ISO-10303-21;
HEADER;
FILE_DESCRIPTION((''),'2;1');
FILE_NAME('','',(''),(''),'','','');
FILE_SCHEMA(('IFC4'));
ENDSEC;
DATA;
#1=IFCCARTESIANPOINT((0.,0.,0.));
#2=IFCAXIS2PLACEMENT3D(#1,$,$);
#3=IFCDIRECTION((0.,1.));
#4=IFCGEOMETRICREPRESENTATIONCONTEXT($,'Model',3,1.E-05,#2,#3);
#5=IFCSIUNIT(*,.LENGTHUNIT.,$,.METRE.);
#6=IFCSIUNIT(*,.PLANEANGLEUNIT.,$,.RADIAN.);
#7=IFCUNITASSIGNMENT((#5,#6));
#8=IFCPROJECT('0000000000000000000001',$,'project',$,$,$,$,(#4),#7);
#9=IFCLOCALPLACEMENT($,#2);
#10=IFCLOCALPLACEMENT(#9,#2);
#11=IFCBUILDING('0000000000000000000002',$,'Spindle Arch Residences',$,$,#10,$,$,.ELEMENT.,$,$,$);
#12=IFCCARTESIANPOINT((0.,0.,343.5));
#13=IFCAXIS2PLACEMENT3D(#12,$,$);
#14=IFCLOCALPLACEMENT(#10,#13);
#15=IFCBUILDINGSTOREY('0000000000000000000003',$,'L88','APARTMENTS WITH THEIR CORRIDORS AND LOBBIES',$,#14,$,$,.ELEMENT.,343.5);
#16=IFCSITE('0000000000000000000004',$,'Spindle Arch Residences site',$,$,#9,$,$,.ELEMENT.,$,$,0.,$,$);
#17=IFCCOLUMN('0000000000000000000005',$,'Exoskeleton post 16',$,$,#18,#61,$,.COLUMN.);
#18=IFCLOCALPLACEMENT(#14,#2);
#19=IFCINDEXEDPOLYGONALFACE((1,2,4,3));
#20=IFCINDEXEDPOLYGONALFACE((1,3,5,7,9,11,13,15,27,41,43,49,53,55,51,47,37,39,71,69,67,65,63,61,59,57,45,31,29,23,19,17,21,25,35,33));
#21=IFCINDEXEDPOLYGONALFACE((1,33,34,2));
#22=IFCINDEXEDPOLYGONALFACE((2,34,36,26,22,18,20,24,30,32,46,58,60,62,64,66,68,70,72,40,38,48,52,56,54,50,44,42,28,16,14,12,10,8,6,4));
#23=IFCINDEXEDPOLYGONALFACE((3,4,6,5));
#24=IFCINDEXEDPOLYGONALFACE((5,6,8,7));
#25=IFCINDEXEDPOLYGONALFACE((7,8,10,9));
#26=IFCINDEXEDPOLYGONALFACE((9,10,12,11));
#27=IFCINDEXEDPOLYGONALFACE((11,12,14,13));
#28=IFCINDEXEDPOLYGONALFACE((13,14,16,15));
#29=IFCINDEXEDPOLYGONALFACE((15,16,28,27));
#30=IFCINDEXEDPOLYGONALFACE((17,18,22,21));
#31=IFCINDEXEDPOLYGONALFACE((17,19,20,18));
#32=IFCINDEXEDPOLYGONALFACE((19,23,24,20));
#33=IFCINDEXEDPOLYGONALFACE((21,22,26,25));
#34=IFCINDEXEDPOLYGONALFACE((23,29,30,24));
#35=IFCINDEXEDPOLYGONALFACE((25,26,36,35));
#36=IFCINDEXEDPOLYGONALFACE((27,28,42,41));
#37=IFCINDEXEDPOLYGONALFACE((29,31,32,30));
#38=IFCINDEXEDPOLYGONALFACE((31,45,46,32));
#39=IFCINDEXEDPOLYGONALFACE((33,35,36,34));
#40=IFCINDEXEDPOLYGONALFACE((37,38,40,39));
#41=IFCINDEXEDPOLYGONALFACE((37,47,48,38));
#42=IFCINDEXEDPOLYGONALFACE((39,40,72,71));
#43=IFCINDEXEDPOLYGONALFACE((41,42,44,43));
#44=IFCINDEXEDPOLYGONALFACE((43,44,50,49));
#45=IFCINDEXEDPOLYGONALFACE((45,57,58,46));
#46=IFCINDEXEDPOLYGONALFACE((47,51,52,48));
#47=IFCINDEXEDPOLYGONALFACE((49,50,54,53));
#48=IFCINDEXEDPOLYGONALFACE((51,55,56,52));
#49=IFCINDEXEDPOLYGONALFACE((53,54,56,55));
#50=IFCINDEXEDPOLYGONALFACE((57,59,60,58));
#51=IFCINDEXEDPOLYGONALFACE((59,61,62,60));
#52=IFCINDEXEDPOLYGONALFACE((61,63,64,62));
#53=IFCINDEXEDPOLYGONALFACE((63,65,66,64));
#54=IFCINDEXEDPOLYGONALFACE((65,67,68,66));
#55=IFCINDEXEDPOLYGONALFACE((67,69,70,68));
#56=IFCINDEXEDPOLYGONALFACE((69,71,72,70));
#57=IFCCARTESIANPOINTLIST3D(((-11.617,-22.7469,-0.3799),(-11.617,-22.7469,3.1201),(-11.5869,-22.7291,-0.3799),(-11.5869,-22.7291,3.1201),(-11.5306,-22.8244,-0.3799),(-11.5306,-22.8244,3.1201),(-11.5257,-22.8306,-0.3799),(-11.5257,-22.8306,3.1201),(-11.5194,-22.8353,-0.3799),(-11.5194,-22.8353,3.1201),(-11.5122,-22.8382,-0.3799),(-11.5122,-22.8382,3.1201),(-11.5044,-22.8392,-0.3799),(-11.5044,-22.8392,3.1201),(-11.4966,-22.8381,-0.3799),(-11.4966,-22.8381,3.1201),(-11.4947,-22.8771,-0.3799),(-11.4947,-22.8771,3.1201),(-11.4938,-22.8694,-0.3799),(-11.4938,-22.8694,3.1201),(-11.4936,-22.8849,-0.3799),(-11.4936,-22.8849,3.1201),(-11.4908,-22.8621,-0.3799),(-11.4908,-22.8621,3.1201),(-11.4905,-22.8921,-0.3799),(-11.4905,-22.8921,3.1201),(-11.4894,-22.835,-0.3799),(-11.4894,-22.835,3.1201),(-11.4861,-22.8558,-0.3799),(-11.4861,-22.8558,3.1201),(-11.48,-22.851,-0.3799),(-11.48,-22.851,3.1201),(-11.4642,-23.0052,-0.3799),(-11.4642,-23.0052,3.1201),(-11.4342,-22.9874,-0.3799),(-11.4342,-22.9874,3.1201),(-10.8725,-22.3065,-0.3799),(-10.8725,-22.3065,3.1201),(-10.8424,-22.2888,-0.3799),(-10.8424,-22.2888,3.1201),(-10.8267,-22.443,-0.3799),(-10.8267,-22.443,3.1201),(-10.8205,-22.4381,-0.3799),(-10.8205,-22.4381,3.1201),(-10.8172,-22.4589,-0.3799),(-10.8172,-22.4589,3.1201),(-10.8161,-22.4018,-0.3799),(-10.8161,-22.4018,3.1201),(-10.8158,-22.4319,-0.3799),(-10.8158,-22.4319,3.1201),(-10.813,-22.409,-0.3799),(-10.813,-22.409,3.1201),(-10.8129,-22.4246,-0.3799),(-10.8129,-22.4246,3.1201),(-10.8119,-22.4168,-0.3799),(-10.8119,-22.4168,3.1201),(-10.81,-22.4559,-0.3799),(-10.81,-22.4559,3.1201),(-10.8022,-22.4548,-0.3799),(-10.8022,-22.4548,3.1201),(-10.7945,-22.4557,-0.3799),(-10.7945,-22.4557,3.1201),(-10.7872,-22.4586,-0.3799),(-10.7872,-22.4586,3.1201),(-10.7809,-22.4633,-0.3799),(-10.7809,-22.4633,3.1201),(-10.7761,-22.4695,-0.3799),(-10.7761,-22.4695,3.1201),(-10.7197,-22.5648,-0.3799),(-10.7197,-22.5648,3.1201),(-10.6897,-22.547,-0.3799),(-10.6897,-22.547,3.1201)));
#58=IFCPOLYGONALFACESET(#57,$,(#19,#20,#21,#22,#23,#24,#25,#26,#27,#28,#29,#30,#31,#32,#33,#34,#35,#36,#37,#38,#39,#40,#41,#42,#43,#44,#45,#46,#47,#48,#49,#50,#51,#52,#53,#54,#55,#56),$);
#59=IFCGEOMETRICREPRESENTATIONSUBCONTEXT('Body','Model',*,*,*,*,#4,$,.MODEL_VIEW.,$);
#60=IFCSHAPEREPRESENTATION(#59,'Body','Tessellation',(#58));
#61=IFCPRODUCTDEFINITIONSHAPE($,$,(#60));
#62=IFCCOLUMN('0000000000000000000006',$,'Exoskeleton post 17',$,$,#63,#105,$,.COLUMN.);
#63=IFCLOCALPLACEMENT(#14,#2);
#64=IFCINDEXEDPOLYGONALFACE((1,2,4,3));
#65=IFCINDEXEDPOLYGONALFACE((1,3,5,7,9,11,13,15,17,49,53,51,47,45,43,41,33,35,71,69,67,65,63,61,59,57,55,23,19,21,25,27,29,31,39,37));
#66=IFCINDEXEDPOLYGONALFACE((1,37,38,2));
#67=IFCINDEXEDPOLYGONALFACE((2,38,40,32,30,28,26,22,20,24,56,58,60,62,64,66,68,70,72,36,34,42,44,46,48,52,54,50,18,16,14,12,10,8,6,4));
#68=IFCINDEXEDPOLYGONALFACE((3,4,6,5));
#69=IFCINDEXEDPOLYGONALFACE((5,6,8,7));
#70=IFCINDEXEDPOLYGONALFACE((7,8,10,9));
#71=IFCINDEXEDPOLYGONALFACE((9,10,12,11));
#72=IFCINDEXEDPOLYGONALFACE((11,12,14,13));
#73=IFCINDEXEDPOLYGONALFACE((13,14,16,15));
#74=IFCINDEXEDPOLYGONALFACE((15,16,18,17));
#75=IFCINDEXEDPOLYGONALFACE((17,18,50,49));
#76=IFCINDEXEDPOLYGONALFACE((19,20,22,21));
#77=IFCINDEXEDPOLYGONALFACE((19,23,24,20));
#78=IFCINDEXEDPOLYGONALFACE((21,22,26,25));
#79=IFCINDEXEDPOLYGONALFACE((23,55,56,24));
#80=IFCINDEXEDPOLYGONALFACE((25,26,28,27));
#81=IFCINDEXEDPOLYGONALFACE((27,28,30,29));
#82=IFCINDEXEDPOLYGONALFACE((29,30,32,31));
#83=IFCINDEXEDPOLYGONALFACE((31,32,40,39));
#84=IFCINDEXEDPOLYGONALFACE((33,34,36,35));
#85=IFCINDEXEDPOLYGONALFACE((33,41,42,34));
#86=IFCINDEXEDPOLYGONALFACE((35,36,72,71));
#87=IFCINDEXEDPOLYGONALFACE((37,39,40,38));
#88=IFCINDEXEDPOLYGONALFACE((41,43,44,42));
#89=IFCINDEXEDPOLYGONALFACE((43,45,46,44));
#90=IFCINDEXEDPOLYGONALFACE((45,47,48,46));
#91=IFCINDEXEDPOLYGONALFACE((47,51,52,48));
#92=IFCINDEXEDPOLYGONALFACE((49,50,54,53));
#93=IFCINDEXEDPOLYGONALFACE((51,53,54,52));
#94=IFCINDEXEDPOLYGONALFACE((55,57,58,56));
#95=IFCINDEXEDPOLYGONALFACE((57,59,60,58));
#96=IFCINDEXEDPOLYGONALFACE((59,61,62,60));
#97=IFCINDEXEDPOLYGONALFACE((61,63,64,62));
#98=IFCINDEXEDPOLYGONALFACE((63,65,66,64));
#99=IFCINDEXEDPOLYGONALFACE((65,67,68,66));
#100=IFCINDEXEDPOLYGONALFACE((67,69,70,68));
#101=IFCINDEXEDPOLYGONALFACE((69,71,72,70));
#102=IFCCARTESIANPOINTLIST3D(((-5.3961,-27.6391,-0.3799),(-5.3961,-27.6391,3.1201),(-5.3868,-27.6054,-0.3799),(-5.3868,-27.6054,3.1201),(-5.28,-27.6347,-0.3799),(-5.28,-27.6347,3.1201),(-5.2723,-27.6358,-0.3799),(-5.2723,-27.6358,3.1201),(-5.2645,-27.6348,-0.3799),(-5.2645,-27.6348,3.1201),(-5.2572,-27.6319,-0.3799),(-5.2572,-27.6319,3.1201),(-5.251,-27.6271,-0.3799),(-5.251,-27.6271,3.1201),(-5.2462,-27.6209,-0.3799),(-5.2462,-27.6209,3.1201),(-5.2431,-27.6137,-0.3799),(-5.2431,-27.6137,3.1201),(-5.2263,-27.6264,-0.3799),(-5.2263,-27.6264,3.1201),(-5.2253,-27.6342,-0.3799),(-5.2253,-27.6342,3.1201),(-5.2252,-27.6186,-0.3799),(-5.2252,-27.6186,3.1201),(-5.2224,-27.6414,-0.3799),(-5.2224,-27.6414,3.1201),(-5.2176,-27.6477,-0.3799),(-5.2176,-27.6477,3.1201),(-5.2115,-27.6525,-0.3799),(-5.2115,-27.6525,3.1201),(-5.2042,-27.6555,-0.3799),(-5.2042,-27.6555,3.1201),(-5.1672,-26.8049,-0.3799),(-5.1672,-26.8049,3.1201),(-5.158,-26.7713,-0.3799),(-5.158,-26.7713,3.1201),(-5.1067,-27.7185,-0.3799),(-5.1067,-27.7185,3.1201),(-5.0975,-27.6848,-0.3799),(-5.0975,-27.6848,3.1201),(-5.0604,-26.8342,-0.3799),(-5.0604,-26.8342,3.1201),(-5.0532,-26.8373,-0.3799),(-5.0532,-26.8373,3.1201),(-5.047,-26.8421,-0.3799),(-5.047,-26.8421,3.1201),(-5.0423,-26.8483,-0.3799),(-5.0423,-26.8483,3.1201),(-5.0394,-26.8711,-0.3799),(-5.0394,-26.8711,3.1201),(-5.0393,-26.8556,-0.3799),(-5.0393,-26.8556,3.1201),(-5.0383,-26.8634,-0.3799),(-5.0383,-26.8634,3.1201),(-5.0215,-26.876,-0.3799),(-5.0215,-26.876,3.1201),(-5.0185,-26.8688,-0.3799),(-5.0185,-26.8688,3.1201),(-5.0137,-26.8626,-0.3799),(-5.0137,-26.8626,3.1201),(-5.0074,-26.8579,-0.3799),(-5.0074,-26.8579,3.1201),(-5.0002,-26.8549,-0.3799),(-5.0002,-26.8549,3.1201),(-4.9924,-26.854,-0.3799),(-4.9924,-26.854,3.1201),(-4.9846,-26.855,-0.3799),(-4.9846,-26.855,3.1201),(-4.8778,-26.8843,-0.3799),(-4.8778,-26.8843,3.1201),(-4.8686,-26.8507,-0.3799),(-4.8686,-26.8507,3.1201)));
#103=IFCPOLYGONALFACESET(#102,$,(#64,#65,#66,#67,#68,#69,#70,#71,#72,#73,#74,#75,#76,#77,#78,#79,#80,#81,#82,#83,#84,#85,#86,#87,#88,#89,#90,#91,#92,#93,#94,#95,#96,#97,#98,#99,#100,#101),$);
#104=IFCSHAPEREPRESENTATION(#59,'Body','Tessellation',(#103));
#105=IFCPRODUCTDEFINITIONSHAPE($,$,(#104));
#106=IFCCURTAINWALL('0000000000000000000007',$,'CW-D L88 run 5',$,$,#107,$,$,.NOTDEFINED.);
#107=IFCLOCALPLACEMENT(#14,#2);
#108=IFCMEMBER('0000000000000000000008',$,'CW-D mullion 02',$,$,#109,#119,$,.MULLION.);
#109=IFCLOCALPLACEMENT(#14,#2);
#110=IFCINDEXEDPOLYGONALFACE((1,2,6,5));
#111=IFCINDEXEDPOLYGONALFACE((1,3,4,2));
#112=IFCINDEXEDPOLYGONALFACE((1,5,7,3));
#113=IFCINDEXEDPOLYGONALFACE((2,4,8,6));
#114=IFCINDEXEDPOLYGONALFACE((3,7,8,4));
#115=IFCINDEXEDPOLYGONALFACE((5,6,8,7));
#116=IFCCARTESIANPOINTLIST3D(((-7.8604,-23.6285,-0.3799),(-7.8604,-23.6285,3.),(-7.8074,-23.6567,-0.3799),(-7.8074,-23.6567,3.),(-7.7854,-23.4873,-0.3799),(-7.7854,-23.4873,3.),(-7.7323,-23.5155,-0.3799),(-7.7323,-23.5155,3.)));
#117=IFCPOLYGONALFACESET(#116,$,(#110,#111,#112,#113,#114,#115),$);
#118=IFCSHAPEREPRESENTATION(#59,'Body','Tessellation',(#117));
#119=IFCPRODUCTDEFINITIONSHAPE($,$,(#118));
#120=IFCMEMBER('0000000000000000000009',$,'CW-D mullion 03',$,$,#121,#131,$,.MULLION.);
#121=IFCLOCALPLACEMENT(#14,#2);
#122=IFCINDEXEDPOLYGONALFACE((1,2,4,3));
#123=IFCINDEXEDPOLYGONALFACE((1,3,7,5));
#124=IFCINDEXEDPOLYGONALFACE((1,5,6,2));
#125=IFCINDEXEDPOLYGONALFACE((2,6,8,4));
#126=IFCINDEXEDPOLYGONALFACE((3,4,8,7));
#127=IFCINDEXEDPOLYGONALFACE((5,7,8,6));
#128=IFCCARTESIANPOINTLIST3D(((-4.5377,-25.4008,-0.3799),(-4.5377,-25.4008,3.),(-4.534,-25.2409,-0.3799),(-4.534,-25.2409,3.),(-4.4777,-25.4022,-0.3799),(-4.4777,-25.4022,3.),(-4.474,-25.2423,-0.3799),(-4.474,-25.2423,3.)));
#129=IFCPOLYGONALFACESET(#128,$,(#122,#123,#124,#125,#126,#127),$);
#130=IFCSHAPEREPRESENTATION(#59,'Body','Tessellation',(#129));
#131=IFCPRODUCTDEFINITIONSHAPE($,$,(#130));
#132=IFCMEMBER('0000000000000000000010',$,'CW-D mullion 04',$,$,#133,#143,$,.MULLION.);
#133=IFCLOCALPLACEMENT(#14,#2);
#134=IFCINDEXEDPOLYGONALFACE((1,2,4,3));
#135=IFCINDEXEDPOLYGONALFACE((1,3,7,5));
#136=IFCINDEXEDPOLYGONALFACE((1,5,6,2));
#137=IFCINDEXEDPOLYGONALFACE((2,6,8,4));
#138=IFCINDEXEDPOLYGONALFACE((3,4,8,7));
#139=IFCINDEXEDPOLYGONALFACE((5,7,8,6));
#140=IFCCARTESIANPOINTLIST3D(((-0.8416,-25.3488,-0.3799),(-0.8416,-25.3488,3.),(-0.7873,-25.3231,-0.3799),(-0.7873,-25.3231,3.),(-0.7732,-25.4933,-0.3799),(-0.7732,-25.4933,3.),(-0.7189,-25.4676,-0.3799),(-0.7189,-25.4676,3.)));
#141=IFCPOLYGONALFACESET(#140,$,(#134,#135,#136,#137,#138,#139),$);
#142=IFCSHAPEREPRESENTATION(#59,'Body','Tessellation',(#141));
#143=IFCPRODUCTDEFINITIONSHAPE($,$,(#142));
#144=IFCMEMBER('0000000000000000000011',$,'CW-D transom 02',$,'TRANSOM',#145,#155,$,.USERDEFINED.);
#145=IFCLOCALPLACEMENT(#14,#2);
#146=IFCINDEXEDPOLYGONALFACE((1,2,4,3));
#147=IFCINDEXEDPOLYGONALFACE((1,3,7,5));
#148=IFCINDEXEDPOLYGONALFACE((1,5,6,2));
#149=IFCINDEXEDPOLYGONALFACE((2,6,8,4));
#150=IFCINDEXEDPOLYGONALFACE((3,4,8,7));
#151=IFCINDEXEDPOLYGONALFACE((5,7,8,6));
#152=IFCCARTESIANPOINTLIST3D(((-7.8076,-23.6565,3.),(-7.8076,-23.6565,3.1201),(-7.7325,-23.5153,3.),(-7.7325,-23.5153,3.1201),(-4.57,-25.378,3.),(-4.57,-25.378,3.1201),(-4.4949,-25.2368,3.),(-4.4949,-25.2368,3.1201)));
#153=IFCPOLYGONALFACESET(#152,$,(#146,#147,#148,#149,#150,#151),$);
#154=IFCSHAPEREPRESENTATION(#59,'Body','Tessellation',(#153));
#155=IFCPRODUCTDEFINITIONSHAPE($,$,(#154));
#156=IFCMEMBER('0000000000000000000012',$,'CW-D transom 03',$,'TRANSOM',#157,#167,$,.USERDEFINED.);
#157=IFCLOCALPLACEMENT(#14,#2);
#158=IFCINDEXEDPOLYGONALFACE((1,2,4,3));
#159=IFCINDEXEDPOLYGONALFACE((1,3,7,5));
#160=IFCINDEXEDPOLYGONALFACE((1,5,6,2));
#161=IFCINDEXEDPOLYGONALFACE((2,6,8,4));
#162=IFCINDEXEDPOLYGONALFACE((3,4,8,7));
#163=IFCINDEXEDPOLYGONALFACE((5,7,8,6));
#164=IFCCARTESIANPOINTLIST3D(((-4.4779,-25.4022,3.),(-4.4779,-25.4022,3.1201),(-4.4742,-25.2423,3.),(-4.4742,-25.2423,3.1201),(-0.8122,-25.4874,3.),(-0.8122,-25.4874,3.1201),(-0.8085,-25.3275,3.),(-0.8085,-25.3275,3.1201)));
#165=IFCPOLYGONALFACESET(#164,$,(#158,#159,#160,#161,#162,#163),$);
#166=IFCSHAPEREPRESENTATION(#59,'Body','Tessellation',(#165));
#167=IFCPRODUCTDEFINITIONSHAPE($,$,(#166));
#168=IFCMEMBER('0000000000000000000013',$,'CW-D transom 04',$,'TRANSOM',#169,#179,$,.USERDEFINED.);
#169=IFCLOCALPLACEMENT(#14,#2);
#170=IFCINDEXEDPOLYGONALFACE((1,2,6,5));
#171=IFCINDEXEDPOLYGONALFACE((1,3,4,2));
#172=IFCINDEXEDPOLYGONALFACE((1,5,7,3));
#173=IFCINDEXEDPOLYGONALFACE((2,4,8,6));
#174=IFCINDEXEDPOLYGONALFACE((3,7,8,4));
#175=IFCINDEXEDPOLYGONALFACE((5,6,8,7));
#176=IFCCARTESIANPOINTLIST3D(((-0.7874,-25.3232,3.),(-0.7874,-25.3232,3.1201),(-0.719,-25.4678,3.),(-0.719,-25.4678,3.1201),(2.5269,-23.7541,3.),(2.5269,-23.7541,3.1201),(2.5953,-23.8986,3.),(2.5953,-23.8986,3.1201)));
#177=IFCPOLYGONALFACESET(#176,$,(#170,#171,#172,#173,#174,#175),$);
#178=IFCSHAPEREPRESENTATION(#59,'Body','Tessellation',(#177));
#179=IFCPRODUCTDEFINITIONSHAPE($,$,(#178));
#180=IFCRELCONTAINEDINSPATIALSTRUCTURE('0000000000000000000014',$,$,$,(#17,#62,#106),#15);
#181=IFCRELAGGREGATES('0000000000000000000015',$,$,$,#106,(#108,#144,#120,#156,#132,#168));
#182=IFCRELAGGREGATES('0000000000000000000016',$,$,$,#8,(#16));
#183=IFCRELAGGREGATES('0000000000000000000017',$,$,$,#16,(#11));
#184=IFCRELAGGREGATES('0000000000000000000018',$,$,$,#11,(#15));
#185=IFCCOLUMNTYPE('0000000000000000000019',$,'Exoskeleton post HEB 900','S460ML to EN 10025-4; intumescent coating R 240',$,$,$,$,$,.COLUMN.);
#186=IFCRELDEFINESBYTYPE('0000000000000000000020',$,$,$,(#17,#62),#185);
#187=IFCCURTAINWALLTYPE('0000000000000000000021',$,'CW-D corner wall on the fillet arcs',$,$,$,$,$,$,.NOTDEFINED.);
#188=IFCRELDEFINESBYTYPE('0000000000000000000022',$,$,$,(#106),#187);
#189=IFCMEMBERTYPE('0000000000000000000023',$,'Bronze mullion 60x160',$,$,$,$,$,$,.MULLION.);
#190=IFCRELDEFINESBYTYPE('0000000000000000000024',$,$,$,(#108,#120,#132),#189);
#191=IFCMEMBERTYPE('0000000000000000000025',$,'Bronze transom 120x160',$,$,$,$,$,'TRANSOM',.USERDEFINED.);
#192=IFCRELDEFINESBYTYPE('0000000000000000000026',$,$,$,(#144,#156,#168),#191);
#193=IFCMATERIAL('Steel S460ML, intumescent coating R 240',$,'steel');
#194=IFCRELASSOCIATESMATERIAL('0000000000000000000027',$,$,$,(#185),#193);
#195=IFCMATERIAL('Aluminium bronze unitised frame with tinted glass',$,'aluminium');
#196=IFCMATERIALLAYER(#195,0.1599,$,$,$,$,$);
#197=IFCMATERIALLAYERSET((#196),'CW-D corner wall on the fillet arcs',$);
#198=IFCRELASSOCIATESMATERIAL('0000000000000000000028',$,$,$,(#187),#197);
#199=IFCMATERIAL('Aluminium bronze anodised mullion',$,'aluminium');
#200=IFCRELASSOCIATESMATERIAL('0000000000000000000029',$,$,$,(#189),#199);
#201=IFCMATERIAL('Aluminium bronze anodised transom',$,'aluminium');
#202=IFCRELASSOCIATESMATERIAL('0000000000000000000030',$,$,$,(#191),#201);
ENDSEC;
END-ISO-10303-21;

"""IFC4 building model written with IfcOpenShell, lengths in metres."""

from ifc_helpers import new_model, si_unit, direction, frame, origin, origin_2d, place, context, subcontext, project, spatial, rectangle, i_section, extrude, material, layer, layer_set, material_profile, profile_set, type_object, element, aggregate, save


model = new_model("IFC4")

# Units and contexts
model_context = context("Model", 3, precision=1e-05, world=origin(), true_north=direction((0.0, 1.0)))
body_context = subcontext(model_context, "Body", "Model", "MODEL_VIEW")
ifc_project = project(units=[si_unit("LENGTHUNIT", "METRE"), si_unit("PLANEANGLEUNIT", "RADIAN")], contexts=[model_context])

# Site, building, storey
site_placement = place(None, origin())
site = spatial("IfcSite", under=ifc_project, at=site_placement, Name="Spindle Arch Residences site", CompositionType="ELEMENT", RefElevation=0.0)
building_placement = place(site_placement, origin())
building = spatial("IfcBuilding", under=site, at=building_placement, Name="Spindle Arch Residences", CompositionType="ELEMENT")
storey_placement = place(building_placement, frame((0.0, 0.0, 343.5)))
storey = spatial("IfcBuildingStorey", under=building, at=storey_placement, Name="L88", Description="APARTMENTS WITH THEIR CORRIDORS AND LOBBIES", CompositionType="ELEMENT", Elevation=343.5)

# Columns
ifc_material_1 = material(Name="Steel S460ML, intumescent coating R 240", Category="steel")
ifc_material_profile_1 = material_profile(ifc_material_1, i_section(OverallWidth=0.3, OverallDepth=0.8999, WebThickness=0.0186, FlangeThickness=0.0349, FilletRadius=0.03, at=origin_2d()), Name="HEB 900")
ifc_profile_set_1 = profile_set([ifc_material_profile_1], Name="Steel S460ML, intumescent coating R 240")
column_type = type_object("IfcColumnType", Name="Exoskeleton post HEB 900", Description="S460ML to EN 10025-4; intumescent coating R 240", PredefinedType="COLUMN", material=ifc_profile_set_1)
for number, where, z_axis, x_axis, name in (
    (1, (-11.1533, -22.647, -0.3799), (0.0, 0.0, 1.0), (-0.509114, 0.860699, 0.0), "Exoskeleton post 16"),
    (2, (-5.1323, -27.2449, -0.3799), (0.0, 0.0, 1.0), (-0.964363, 0.264583, 0.0), "Exoskeleton post 17"),
):
    element("IfcColumn", number, at=place(storey_placement, frame(where, z_axis=z_axis, x_axis=x_axis)), inside=storey, type_object=column_type, Name=name, PredefinedType="COLUMN", context=body_context, shape_type="SweptSolid", body=[
        extrude(i_section(OverallWidth=0.3, OverallDepth=0.8999, WebThickness=0.0186, FlangeThickness=0.0349, FilletRadius=0.03, at=origin_2d()), origin(), (0.0, 0.0, 1.0), 3.5),
    ])

# Curtain wall, members
ifc_material_2 = material(Name="Aluminium bronze unitised frame with tinted glass", Category="aluminium")
ifc_layer_1 = layer(ifc_material_2, 0.1599)
ifc_layer_set_1 = layer_set([ifc_layer_1], Name="CW-D corner wall on the fillet arcs")
curtain_wall_type = type_object("IfcCurtainWallType", Name="CW-D corner wall on the fillet arcs", PredefinedType="NOTDEFINED", material=ifc_layer_set_1)
curtain_wall_placement = place(storey_placement, origin())
curtain_wall = element("IfcCurtainWall", 3, at=curtain_wall_placement, inside=storey, type_object=curtain_wall_type, Name="CW-D L88 run 5", PredefinedType="NOTDEFINED")
ifc_material_3 = material(Name="Aluminium bronze anodised mullion", Category="aluminium")
ifc_material_profile_2 = material_profile(ifc_material_3, rectangle(XDim=0.1599, YDim=0.0601, at=origin_2d()), Name="MU 60x160")
ifc_profile_set_2 = profile_set([ifc_material_profile_2], Name="Aluminium bronze anodised mullion")
member_type_1 = type_object("IfcMemberType", Name="Bronze mullion 60x160", PredefinedType="MULLION", material=ifc_profile_set_2)
member_1_placement = place(storey_placement, frame((-7.7964, -23.572, -0.3799), z_axis=(0.0, 0.0, 1.0), x_axis=(0.469472, 0.882948, 0.0)))
member_1 = element("IfcMember", 4, at=member_1_placement, type_object=member_type_1, Name="CW-D mullion 02", PredefinedType="MULLION", context=body_context, shape_type="SweptSolid", body=[
    extrude(rectangle(XDim=0.1599, YDim=0.0601, at=origin_2d()), origin(), (0.0, 0.0, 1.0), 3.3799),
])
member_2_placement = place(storey_placement, frame((-4.5059, -25.3215, -0.3799), z_axis=(0.0, 0.0, 1.0), x_axis=(0.023269, 0.999729, 0.0)))
member_2 = element("IfcMember", 5, at=member_2_placement, type_object=member_type_1, Name="CW-D mullion 03", PredefinedType="MULLION", context=body_context, shape_type="SweptSolid", body=[
    extrude(rectangle(XDim=0.1599, YDim=0.0601, at=origin_2d()), origin(), (0.0, 0.0, 1.0), 3.3799),
])
member_3_placement = place(storey_placement, frame((-0.7803, -25.4082, -0.3799), z_axis=(0.0, 0.0, 1.0), x_axis=(-0.427884, 0.903834, 0.0)))
member_3 = element("IfcMember", 6, at=member_3_placement, type_object=member_type_1, Name="CW-D mullion 04", PredefinedType="MULLION", context=body_context, shape_type="SweptSolid", body=[
    extrude(rectangle(XDim=0.1599, YDim=0.0601, at=origin_2d()), origin(), (0.0, 0.0, 1.0), 3.3799),
])
ifc_material_4 = material(Name="Aluminium bronze anodised transom", Category="aluminium")
ifc_material_profile_3 = material_profile(ifc_material_4, rectangle(XDim=0.1599, YDim=0.1201, at=origin_2d()), Name="TR 120x160")
ifc_profile_set_3 = profile_set([ifc_material_profile_3], Name="Aluminium bronze anodised transom")
member_type_2 = type_object("IfcMemberType", Name="Bronze transom 120x160", ElementType="TRANSOM", PredefinedType="USERDEFINED", material=ifc_profile_set_3)
member_4_placement = place(storey_placement, frame((-7.77, -23.5859, 3.0601), z_axis=(0.882948, -0.469472, 0.0), x_axis=(0.469472, 0.882948, 0.0)))
member_4 = element("IfcMember", 7, at=member_4_placement, type_object=member_type_2, Name="CW-D transom 02", ObjectType="TRANSOM", PredefinedType="USERDEFINED", context=body_context, shape_type="SweptSolid", body=[
    extrude(rectangle(XDim=0.1599, YDim=0.1201, at=origin_2d()), origin(), (0.0, 0.0, 1.0), 3.6667),
])
member_5_placement = place(storey_placement, frame((-4.4761, -25.3223, 3.0601), z_axis=(0.99973, -0.023237, 0.0), x_axis=(0.023237, 0.99973, 0.0)))
member_5 = element("IfcMember", 8, at=member_5_placement, type_object=member_type_2, Name="CW-D transom 03", ObjectType="TRANSOM", PredefinedType="USERDEFINED", context=body_context, shape_type="SweptSolid", body=[
    extrude(rectangle(XDim=0.1599, YDim=0.1201, at=origin_2d()), origin(), (0.0, 0.0, 1.0), 3.6667),
])
member_6_placement = place(storey_placement, frame((-0.7532, -25.3955, 3.0601), z_axis=(0.903822, 0.427909, 0.0), x_axis=(-0.427909, 0.903822, 0.0)))
member_6 = element("IfcMember", 9, at=member_6_placement, type_object=member_type_2, Name="CW-D transom 04", ObjectType="TRANSOM", PredefinedType="USERDEFINED", context=body_context, shape_type="SweptSolid", body=[
    extrude(rectangle(XDim=0.1599, YDim=0.1201, at=origin_2d()), origin(), (0.0, 0.0, 1.0), 3.667),
])

aggregate(curtain_wall, [member_1, member_4, member_2, member_5, member_3, member_6])

save(model, "model.ifc")
